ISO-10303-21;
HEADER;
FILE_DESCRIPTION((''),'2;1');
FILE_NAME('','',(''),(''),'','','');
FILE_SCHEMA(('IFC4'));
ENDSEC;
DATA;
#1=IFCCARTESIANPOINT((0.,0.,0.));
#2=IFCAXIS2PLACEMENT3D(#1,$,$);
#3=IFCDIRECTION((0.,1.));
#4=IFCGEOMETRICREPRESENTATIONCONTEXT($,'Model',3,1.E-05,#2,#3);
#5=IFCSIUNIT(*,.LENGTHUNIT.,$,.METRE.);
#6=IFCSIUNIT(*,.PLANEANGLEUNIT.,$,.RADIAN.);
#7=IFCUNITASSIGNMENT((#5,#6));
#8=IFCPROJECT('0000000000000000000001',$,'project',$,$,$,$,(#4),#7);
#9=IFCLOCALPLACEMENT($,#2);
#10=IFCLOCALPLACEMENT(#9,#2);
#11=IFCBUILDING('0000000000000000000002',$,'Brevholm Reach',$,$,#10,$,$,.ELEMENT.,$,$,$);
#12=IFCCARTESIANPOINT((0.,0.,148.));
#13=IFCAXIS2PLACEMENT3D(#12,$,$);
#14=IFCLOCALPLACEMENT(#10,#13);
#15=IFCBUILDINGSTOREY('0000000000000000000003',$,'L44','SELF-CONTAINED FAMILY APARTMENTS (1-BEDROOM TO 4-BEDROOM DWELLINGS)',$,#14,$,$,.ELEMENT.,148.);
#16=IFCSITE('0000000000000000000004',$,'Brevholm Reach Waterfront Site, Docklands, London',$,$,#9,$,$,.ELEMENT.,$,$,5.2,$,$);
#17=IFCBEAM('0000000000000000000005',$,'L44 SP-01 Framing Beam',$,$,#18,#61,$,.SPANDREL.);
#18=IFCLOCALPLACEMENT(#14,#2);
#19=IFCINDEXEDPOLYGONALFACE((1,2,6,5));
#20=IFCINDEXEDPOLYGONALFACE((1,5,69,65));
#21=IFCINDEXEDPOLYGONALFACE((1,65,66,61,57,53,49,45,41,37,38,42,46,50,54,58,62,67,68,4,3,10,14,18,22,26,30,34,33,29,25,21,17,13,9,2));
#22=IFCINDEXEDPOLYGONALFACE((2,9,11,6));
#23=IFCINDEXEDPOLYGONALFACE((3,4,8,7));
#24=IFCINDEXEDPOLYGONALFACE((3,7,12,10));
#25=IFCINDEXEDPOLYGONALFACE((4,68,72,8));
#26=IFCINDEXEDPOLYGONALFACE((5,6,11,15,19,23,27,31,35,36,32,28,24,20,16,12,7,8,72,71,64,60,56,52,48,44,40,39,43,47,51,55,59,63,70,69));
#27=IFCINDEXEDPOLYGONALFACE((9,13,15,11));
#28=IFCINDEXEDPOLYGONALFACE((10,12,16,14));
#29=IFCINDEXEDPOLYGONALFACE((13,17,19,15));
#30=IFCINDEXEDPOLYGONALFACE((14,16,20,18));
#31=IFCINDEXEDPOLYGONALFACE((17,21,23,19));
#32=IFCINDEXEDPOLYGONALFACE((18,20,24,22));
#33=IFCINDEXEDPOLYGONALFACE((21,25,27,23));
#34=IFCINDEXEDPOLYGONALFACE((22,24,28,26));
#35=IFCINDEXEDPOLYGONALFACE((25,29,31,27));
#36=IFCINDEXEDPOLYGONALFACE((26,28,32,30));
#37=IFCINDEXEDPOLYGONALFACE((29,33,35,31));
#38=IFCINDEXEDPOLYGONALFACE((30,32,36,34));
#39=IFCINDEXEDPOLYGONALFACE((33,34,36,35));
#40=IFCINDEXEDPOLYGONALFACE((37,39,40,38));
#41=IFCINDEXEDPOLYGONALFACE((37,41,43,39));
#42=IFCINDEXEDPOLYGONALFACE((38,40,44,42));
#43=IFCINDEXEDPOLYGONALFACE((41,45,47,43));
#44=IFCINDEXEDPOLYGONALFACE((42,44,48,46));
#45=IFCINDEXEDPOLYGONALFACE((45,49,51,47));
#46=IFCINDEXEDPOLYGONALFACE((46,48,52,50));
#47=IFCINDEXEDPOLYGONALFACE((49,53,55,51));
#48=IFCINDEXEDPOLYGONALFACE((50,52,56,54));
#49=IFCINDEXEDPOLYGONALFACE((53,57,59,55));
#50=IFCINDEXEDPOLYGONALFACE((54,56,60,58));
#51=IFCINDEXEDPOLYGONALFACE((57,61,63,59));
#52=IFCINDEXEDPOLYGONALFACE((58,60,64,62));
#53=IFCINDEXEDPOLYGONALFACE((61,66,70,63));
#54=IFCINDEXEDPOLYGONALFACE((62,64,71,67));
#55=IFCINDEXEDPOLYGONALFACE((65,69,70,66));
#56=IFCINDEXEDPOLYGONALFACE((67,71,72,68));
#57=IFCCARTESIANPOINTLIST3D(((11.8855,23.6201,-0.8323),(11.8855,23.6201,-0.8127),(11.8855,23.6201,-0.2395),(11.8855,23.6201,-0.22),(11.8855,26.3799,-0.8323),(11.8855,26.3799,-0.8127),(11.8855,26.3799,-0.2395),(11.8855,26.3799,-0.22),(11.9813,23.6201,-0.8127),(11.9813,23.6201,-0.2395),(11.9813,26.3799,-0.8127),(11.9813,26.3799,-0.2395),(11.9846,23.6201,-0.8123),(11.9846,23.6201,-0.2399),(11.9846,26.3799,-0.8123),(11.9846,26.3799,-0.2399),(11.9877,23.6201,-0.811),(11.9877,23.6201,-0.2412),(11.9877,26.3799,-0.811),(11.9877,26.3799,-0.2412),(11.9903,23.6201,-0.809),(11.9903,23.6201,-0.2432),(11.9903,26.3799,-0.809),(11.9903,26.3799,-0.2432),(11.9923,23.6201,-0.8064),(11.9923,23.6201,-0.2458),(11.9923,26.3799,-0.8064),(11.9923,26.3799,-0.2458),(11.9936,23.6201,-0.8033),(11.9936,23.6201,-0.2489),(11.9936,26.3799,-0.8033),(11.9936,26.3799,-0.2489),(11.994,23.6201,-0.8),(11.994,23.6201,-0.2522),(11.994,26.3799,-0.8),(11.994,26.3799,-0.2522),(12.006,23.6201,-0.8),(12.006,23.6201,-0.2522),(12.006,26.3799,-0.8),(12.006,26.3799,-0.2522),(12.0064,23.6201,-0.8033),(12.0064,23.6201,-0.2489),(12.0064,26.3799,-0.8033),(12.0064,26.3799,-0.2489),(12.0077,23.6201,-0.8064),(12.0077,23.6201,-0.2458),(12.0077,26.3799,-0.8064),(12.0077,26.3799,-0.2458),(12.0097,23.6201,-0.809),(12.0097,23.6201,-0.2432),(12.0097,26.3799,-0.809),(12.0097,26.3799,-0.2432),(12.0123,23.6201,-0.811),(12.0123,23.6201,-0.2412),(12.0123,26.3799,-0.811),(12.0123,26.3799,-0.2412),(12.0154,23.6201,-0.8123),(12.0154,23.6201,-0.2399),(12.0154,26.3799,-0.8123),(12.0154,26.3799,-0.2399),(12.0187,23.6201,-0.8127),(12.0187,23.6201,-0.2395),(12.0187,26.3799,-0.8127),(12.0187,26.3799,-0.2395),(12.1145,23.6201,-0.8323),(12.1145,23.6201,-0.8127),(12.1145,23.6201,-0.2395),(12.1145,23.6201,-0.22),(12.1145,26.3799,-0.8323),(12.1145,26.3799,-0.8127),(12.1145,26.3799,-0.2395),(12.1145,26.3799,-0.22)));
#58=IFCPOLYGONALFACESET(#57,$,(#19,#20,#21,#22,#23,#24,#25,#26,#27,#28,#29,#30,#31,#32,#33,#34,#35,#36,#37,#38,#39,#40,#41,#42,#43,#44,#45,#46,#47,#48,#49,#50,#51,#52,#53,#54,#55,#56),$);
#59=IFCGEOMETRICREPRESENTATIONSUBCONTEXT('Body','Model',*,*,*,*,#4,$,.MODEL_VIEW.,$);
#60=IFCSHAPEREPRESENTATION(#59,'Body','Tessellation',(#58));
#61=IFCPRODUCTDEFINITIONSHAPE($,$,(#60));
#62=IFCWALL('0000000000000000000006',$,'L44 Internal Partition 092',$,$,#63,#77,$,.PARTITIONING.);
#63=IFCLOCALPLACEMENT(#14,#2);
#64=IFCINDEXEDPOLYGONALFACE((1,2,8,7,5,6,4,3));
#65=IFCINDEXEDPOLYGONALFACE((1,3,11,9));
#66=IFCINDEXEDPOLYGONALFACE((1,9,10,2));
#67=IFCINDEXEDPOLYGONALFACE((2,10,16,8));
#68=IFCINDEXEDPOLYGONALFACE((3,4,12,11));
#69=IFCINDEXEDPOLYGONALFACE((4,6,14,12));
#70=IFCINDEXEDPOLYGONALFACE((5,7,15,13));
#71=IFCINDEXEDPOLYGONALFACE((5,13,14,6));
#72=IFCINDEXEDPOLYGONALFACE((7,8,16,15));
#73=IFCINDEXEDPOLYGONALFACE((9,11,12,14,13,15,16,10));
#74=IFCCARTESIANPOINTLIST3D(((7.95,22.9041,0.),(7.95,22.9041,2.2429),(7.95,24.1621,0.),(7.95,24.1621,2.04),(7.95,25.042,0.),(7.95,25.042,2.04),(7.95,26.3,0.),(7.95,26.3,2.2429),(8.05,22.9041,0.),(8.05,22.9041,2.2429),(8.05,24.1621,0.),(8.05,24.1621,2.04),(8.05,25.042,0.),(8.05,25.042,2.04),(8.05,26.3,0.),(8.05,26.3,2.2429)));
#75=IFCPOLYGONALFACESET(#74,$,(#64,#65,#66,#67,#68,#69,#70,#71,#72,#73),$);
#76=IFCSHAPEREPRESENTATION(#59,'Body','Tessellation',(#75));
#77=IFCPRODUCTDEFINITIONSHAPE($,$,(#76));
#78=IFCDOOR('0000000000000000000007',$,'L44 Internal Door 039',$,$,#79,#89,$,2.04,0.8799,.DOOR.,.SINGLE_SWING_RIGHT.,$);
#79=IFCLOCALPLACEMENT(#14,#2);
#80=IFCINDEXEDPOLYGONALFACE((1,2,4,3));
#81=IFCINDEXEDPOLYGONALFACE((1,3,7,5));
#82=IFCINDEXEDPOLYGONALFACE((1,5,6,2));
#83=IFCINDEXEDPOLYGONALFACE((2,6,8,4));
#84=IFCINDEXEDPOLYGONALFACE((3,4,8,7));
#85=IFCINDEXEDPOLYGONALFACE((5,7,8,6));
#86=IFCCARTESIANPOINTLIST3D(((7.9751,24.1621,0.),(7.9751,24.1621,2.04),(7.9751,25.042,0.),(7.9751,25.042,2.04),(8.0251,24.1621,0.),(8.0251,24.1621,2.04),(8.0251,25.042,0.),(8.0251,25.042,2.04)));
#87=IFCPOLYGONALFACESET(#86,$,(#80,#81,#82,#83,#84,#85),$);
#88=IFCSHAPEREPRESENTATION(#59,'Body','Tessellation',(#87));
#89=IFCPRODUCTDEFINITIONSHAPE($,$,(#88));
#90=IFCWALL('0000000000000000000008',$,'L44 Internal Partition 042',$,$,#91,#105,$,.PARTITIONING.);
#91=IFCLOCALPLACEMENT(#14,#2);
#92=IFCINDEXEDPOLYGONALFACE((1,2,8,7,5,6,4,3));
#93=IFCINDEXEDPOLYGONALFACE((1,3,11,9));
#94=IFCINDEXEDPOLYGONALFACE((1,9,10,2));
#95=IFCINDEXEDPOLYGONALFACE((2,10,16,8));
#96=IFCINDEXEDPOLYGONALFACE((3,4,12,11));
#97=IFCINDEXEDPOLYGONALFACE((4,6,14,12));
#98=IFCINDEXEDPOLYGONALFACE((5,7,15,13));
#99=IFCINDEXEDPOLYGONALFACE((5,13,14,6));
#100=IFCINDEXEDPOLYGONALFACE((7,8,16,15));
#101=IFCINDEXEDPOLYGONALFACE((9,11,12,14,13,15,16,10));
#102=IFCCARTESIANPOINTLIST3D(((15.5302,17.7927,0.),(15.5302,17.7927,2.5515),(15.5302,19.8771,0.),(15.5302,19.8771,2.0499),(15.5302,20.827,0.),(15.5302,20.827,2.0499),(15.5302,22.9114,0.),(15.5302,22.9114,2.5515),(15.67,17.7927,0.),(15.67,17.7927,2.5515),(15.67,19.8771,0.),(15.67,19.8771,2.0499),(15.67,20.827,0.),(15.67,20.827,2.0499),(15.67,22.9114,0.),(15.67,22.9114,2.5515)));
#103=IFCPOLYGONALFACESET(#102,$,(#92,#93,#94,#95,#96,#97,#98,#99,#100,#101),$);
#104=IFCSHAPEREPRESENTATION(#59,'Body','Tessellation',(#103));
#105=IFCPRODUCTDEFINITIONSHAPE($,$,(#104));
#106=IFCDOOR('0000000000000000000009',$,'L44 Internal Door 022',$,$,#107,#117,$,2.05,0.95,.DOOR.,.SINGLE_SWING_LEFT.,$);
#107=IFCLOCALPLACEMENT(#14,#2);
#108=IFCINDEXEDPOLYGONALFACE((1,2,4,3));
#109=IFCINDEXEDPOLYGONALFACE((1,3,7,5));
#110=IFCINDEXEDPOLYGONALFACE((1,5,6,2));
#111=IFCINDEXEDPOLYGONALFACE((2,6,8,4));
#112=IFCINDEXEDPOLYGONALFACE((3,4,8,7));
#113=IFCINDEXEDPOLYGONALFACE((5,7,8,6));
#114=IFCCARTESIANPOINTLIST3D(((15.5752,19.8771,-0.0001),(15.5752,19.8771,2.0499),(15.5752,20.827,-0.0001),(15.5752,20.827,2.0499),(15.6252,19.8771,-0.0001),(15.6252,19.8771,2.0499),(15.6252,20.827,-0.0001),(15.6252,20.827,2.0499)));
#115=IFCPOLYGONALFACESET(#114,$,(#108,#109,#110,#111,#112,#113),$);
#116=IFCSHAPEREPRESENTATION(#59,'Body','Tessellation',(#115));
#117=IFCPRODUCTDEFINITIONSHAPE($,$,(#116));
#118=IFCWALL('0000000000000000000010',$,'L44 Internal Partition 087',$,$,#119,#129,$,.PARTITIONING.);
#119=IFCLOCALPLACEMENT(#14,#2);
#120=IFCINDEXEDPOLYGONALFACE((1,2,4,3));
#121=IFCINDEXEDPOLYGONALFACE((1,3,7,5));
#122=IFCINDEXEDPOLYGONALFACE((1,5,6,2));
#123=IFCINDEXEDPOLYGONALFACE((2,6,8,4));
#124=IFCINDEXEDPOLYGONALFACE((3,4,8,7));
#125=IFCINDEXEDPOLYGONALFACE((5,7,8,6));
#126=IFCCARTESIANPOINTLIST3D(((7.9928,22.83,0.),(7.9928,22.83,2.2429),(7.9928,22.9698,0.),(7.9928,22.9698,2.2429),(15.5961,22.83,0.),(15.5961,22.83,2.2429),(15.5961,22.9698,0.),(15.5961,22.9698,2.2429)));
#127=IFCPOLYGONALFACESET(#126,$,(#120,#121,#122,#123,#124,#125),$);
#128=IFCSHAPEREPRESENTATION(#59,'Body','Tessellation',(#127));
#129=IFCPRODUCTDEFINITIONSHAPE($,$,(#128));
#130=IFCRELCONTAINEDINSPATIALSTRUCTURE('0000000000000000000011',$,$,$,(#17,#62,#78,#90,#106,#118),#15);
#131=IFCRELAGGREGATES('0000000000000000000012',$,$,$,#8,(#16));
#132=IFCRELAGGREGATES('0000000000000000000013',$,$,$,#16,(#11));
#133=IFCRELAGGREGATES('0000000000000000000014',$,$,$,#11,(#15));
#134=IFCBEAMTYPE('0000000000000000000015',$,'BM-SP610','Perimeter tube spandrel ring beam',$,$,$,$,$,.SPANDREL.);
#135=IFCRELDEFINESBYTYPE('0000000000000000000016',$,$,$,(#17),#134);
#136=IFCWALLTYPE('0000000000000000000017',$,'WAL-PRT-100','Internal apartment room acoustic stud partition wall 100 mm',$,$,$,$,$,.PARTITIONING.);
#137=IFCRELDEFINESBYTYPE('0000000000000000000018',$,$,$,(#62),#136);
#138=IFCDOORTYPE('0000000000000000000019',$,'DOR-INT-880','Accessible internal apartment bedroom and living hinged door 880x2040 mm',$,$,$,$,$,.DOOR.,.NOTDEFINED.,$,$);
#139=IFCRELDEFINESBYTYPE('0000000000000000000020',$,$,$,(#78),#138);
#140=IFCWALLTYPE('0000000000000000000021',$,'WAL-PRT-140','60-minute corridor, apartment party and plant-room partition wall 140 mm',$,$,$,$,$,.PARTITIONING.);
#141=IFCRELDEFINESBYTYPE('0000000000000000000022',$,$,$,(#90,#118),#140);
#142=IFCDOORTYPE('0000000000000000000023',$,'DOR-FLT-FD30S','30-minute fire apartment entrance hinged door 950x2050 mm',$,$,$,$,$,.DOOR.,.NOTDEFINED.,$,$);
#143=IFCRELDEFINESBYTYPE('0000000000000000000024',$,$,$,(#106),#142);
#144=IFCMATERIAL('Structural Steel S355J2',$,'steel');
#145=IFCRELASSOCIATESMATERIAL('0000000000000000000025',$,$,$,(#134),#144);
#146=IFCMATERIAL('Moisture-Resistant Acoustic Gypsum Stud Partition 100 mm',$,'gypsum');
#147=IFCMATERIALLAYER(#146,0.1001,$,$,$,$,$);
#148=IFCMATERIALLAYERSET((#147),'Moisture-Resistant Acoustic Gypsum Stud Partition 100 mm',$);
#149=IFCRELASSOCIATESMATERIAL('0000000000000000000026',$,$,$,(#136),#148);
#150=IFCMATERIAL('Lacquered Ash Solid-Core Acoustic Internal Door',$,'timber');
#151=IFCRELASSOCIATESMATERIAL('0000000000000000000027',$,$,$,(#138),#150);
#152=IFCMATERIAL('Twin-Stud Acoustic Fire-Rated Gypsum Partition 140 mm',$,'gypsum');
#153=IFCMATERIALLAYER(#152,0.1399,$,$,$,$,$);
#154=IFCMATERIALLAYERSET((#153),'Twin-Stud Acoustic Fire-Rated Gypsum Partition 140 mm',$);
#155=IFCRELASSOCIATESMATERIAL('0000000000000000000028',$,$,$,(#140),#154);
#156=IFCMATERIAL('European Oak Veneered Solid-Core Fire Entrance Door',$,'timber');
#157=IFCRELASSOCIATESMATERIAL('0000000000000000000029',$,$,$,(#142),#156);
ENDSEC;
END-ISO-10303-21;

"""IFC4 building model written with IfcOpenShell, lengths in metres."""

from ifc_helpers import new_model, si_unit, direction, frame, frame_2d, origin, origin_2d, place, context, subcontext, project, spatial, rectangle, i_section, extrude, material, layer, layer_set, material_profile, profile_set, type_object, element, fill, save


model = new_model("IFC4")

# Units and contexts
model_context = context("Model", 3, precision=1e-05, world=origin(), true_north=direction((0.0, 1.0)))
body_context = subcontext(model_context, "Body", "Model", "MODEL_VIEW")
ifc_project = project(units=[si_unit("LENGTHUNIT", "METRE"), si_unit("PLANEANGLEUNIT", "RADIAN")], contexts=[model_context])

# Site, building, storey
site_placement = place(None, origin())
site = spatial("IfcSite", under=ifc_project, at=site_placement, Name="Brevholm Reach Waterfront Site, Docklands, London", CompositionType="ELEMENT", RefElevation=5.2)
building_placement = place(site_placement, origin())
building = spatial("IfcBuilding", under=site, at=building_placement, Name="Brevholm Reach", CompositionType="ELEMENT")
storey_placement = place(building_placement, frame((0.0, 0.0, 148.0)))
storey = spatial("IfcBuildingStorey", under=building, at=storey_placement, Name="L44", Description="SELF-CONTAINED FAMILY APARTMENTS (1-BEDROOM TO 4-BEDROOM DWELLINGS)", CompositionType="ELEMENT", Elevation=148.0)

# Beam
ifc_material_1 = material(Name="Structural Steel S355J2", Category="steel")
ifc_material_profile_1 = material_profile(ifc_material_1, i_section(OverallWidth=0.229, OverallDepth=0.6123, WebThickness=0.012, FlangeThickness=0.0195, FilletRadius=0.0127, at=origin_2d()), Name="UKB 610x229x125")
ifc_profile_set_1 = profile_set([ifc_material_profile_1], Name="Structural Steel S355J2")
beam_type_1 = type_object("IfcBeamType", Name="BM-SP610", Description="Perimeter tube spandrel ring beam", PredefinedType="SPANDREL", material=ifc_profile_set_1)
beam_1_placement = place(storey_placement, frame((12.0, 23.6201, -0.5261), z_axis=(0.0, 1.0, 0.0), x_axis=(-1.0, 0.0, 0.0)))
element("IfcBeam", 1, at=beam_1_placement, inside=storey, type_object=beam_type_1, Name="L44 SP-01 Framing Beam", PredefinedType="SPANDREL", context=body_context, shape_type="SweptSolid", body=[
    extrude(i_section(OverallWidth=0.229, OverallDepth=0.6123, WebThickness=0.012, FlangeThickness=0.0195, FilletRadius=0.0127, at=origin_2d()), origin(), (0.0, 0.0, 1.0), 2.7598),
])

# Walls, openings, doors
ifc_material_2 = material(Name="Moisture-Resistant Acoustic Gypsum Stud Partition 100 mm", Category="gypsum")
ifc_layer_1 = layer(ifc_material_2, 0.1001)
ifc_layer_set_1 = layer_set([ifc_layer_1], Name="Moisture-Resistant Acoustic Gypsum Stud Partition 100 mm")
wall_type_1 = type_object("IfcWallType", Name="WAL-PRT-100", Description="Internal apartment room acoustic stud partition wall 100 mm", PredefinedType="PARTITIONING", material=ifc_layer_set_1)
wall_1_placement = place(storey_placement, frame((8.0, 22.9041, 0.0), z_axis=(0.0, 0.0, 1.0), x_axis=(0.0, 1.0, 0.0)))
wall_1 = element("IfcWall", 2, at=wall_1_placement, inside=storey, type_object=wall_type_1, Name="L44 Internal Partition 092", PredefinedType="PARTITIONING", context=body_context, shape_type="SweptSolid", body=[
    extrude(rectangle(XDim=3.396, YDim=0.1001, at=frame_2d((1.698, 0.0))), origin(), (0.0, 0.0, 1.0), 2.2429),
])
opening_1_placement = place(wall_1_placement, frame((1.2581, 0.0, 0.0)))
opening_1 = element("IfcOpeningElement", 3, at=opening_1_placement, cuts=wall_1, PredefinedType="OPENING", context=body_context, shape_type="SweptSolid", body=[
    extrude(rectangle(XDim=0.8799, YDim=2.04, at=frame_2d((0.4399, 1.02))), frame((0.0, 0.0601, 0.0), z_axis=(0.0, -1.0, 0.0), x_axis=(1.0, 0.0, 0.0)), (0.0, 0.0, 1.0), 0.1201),
])
ifc_material_3 = material(Name="Lacquered Ash Solid-Core Acoustic Internal Door", Category="timber")
door_type_1 = type_object("IfcDoorType", Name="DOR-INT-880", Description="Accessible internal apartment bedroom and living hinged door 880x2040 mm", OperationType="NOTDEFINED", PredefinedType="DOOR", material=ifc_material_3)
door_1_placement = place(opening_1_placement, origin())
door_1 = element("IfcDoor", 4, at=door_1_placement, inside=storey, type_object=door_type_1, Name="L44 Internal Door 039", OperationType="SINGLE_SWING_RIGHT", OverallHeight=2.04, OverallWidth=0.8799, PredefinedType="DOOR", context=body_context, shape_type="SweptSolid", body=[
    extrude(rectangle(XDim=0.8799, YDim=2.04, at=frame_2d((0.4399, 1.02))), frame((0.0, 0.0249, 0.0), z_axis=(0.0, -1.0, 0.0), x_axis=(1.0, 0.0, 0.0)), (0.0, 0.0, 1.0), 0.05),
])
fill(opening_1, door_1)
ifc_material_4 = material(Name="Twin-Stud Acoustic Fire-Rated Gypsum Partition 140 mm", Category="gypsum")
ifc_layer_2 = layer(ifc_material_4, 0.1399)
ifc_layer_set_2 = layer_set([ifc_layer_2], Name="Twin-Stud Acoustic Fire-Rated Gypsum Partition 140 mm")
wall_type_2 = type_object("IfcWallType", Name="WAL-PRT-140", Description="60-minute corridor, apartment party and plant-room partition wall 140 mm", PredefinedType="PARTITIONING", material=ifc_layer_set_2)
wall_2_placement = place(storey_placement, frame((15.6001, 17.7927, 0.0), z_axis=(0.0, 0.0, 1.0), x_axis=(0.0, 1.0, 0.0)))
wall_2 = element("IfcWall", 5, at=wall_2_placement, inside=storey, type_object=wall_type_2, Name="L44 Internal Partition 042", PredefinedType="PARTITIONING", context=body_context, shape_type="SweptSolid", body=[
    extrude(rectangle(XDim=5.1187, YDim=0.1399, at=frame_2d((2.5593, 0.0))), origin(), (0.0, 0.0, 1.0), 2.5515),
])
opening_2_placement = place(wall_2_placement, frame((2.0842, 0.0, 0.0)))
opening_2 = element("IfcOpeningElement", 6, at=opening_2_placement, cuts=wall_2, PredefinedType="OPENING", context=body_context, shape_type="SweptSolid", body=[
    extrude(rectangle(XDim=0.95, YDim=2.05, at=frame_2d((0.4751, 1.0249))), frame((0.0, 0.0798, 0.0), z_axis=(0.0, -1.0, 0.0), x_axis=(1.0, 0.0, 0.0)), (0.0, 0.0, 1.0), 0.1599),
])
ifc_material_5 = material(Name="European Oak Veneered Solid-Core Fire Entrance Door", Category="timber")
door_type_2 = type_object("IfcDoorType", Name="DOR-FLT-FD30S", Description="30-minute fire apartment entrance hinged door 950x2050 mm", OperationType="NOTDEFINED", PredefinedType="DOOR", material=ifc_material_5)
door_2_placement = place(opening_2_placement, origin())
door_2 = element("IfcDoor", 7, at=door_2_placement, inside=storey, type_object=door_type_2, Name="L44 Internal Door 022", OperationType="SINGLE_SWING_LEFT", OverallHeight=2.05, OverallWidth=0.95, PredefinedType="DOOR", context=body_context, shape_type="SweptSolid", body=[
    extrude(rectangle(XDim=0.95, YDim=2.05, at=frame_2d((0.4751, 1.0249))), frame((0.0, 0.0249, 0.0), z_axis=(0.0, -1.0, 0.0), x_axis=(1.0, 0.0, 0.0)), (0.0, 0.0, 1.0), 0.05),
])
fill(opening_2, door_2)

# Wall
wall_3_placement = place(storey_placement, frame((7.9927, 22.8999, 0.0), z_axis=(0.0, 0.0, 1.0), x_axis=(1.0, 0.0, 0.0)))
element("IfcWall", 8, at=wall_3_placement, inside=storey, type_object=wall_type_2, Name="L44 Internal Partition 087", PredefinedType="PARTITIONING", context=body_context, shape_type="SweptSolid", body=[
    extrude(rectangle(XDim=7.6033, YDim=0.1399, at=frame_2d((3.8018, 0.0))), origin(), (0.0, 0.0, 1.0), 2.2429),
])

save(model, "model.ifc")
